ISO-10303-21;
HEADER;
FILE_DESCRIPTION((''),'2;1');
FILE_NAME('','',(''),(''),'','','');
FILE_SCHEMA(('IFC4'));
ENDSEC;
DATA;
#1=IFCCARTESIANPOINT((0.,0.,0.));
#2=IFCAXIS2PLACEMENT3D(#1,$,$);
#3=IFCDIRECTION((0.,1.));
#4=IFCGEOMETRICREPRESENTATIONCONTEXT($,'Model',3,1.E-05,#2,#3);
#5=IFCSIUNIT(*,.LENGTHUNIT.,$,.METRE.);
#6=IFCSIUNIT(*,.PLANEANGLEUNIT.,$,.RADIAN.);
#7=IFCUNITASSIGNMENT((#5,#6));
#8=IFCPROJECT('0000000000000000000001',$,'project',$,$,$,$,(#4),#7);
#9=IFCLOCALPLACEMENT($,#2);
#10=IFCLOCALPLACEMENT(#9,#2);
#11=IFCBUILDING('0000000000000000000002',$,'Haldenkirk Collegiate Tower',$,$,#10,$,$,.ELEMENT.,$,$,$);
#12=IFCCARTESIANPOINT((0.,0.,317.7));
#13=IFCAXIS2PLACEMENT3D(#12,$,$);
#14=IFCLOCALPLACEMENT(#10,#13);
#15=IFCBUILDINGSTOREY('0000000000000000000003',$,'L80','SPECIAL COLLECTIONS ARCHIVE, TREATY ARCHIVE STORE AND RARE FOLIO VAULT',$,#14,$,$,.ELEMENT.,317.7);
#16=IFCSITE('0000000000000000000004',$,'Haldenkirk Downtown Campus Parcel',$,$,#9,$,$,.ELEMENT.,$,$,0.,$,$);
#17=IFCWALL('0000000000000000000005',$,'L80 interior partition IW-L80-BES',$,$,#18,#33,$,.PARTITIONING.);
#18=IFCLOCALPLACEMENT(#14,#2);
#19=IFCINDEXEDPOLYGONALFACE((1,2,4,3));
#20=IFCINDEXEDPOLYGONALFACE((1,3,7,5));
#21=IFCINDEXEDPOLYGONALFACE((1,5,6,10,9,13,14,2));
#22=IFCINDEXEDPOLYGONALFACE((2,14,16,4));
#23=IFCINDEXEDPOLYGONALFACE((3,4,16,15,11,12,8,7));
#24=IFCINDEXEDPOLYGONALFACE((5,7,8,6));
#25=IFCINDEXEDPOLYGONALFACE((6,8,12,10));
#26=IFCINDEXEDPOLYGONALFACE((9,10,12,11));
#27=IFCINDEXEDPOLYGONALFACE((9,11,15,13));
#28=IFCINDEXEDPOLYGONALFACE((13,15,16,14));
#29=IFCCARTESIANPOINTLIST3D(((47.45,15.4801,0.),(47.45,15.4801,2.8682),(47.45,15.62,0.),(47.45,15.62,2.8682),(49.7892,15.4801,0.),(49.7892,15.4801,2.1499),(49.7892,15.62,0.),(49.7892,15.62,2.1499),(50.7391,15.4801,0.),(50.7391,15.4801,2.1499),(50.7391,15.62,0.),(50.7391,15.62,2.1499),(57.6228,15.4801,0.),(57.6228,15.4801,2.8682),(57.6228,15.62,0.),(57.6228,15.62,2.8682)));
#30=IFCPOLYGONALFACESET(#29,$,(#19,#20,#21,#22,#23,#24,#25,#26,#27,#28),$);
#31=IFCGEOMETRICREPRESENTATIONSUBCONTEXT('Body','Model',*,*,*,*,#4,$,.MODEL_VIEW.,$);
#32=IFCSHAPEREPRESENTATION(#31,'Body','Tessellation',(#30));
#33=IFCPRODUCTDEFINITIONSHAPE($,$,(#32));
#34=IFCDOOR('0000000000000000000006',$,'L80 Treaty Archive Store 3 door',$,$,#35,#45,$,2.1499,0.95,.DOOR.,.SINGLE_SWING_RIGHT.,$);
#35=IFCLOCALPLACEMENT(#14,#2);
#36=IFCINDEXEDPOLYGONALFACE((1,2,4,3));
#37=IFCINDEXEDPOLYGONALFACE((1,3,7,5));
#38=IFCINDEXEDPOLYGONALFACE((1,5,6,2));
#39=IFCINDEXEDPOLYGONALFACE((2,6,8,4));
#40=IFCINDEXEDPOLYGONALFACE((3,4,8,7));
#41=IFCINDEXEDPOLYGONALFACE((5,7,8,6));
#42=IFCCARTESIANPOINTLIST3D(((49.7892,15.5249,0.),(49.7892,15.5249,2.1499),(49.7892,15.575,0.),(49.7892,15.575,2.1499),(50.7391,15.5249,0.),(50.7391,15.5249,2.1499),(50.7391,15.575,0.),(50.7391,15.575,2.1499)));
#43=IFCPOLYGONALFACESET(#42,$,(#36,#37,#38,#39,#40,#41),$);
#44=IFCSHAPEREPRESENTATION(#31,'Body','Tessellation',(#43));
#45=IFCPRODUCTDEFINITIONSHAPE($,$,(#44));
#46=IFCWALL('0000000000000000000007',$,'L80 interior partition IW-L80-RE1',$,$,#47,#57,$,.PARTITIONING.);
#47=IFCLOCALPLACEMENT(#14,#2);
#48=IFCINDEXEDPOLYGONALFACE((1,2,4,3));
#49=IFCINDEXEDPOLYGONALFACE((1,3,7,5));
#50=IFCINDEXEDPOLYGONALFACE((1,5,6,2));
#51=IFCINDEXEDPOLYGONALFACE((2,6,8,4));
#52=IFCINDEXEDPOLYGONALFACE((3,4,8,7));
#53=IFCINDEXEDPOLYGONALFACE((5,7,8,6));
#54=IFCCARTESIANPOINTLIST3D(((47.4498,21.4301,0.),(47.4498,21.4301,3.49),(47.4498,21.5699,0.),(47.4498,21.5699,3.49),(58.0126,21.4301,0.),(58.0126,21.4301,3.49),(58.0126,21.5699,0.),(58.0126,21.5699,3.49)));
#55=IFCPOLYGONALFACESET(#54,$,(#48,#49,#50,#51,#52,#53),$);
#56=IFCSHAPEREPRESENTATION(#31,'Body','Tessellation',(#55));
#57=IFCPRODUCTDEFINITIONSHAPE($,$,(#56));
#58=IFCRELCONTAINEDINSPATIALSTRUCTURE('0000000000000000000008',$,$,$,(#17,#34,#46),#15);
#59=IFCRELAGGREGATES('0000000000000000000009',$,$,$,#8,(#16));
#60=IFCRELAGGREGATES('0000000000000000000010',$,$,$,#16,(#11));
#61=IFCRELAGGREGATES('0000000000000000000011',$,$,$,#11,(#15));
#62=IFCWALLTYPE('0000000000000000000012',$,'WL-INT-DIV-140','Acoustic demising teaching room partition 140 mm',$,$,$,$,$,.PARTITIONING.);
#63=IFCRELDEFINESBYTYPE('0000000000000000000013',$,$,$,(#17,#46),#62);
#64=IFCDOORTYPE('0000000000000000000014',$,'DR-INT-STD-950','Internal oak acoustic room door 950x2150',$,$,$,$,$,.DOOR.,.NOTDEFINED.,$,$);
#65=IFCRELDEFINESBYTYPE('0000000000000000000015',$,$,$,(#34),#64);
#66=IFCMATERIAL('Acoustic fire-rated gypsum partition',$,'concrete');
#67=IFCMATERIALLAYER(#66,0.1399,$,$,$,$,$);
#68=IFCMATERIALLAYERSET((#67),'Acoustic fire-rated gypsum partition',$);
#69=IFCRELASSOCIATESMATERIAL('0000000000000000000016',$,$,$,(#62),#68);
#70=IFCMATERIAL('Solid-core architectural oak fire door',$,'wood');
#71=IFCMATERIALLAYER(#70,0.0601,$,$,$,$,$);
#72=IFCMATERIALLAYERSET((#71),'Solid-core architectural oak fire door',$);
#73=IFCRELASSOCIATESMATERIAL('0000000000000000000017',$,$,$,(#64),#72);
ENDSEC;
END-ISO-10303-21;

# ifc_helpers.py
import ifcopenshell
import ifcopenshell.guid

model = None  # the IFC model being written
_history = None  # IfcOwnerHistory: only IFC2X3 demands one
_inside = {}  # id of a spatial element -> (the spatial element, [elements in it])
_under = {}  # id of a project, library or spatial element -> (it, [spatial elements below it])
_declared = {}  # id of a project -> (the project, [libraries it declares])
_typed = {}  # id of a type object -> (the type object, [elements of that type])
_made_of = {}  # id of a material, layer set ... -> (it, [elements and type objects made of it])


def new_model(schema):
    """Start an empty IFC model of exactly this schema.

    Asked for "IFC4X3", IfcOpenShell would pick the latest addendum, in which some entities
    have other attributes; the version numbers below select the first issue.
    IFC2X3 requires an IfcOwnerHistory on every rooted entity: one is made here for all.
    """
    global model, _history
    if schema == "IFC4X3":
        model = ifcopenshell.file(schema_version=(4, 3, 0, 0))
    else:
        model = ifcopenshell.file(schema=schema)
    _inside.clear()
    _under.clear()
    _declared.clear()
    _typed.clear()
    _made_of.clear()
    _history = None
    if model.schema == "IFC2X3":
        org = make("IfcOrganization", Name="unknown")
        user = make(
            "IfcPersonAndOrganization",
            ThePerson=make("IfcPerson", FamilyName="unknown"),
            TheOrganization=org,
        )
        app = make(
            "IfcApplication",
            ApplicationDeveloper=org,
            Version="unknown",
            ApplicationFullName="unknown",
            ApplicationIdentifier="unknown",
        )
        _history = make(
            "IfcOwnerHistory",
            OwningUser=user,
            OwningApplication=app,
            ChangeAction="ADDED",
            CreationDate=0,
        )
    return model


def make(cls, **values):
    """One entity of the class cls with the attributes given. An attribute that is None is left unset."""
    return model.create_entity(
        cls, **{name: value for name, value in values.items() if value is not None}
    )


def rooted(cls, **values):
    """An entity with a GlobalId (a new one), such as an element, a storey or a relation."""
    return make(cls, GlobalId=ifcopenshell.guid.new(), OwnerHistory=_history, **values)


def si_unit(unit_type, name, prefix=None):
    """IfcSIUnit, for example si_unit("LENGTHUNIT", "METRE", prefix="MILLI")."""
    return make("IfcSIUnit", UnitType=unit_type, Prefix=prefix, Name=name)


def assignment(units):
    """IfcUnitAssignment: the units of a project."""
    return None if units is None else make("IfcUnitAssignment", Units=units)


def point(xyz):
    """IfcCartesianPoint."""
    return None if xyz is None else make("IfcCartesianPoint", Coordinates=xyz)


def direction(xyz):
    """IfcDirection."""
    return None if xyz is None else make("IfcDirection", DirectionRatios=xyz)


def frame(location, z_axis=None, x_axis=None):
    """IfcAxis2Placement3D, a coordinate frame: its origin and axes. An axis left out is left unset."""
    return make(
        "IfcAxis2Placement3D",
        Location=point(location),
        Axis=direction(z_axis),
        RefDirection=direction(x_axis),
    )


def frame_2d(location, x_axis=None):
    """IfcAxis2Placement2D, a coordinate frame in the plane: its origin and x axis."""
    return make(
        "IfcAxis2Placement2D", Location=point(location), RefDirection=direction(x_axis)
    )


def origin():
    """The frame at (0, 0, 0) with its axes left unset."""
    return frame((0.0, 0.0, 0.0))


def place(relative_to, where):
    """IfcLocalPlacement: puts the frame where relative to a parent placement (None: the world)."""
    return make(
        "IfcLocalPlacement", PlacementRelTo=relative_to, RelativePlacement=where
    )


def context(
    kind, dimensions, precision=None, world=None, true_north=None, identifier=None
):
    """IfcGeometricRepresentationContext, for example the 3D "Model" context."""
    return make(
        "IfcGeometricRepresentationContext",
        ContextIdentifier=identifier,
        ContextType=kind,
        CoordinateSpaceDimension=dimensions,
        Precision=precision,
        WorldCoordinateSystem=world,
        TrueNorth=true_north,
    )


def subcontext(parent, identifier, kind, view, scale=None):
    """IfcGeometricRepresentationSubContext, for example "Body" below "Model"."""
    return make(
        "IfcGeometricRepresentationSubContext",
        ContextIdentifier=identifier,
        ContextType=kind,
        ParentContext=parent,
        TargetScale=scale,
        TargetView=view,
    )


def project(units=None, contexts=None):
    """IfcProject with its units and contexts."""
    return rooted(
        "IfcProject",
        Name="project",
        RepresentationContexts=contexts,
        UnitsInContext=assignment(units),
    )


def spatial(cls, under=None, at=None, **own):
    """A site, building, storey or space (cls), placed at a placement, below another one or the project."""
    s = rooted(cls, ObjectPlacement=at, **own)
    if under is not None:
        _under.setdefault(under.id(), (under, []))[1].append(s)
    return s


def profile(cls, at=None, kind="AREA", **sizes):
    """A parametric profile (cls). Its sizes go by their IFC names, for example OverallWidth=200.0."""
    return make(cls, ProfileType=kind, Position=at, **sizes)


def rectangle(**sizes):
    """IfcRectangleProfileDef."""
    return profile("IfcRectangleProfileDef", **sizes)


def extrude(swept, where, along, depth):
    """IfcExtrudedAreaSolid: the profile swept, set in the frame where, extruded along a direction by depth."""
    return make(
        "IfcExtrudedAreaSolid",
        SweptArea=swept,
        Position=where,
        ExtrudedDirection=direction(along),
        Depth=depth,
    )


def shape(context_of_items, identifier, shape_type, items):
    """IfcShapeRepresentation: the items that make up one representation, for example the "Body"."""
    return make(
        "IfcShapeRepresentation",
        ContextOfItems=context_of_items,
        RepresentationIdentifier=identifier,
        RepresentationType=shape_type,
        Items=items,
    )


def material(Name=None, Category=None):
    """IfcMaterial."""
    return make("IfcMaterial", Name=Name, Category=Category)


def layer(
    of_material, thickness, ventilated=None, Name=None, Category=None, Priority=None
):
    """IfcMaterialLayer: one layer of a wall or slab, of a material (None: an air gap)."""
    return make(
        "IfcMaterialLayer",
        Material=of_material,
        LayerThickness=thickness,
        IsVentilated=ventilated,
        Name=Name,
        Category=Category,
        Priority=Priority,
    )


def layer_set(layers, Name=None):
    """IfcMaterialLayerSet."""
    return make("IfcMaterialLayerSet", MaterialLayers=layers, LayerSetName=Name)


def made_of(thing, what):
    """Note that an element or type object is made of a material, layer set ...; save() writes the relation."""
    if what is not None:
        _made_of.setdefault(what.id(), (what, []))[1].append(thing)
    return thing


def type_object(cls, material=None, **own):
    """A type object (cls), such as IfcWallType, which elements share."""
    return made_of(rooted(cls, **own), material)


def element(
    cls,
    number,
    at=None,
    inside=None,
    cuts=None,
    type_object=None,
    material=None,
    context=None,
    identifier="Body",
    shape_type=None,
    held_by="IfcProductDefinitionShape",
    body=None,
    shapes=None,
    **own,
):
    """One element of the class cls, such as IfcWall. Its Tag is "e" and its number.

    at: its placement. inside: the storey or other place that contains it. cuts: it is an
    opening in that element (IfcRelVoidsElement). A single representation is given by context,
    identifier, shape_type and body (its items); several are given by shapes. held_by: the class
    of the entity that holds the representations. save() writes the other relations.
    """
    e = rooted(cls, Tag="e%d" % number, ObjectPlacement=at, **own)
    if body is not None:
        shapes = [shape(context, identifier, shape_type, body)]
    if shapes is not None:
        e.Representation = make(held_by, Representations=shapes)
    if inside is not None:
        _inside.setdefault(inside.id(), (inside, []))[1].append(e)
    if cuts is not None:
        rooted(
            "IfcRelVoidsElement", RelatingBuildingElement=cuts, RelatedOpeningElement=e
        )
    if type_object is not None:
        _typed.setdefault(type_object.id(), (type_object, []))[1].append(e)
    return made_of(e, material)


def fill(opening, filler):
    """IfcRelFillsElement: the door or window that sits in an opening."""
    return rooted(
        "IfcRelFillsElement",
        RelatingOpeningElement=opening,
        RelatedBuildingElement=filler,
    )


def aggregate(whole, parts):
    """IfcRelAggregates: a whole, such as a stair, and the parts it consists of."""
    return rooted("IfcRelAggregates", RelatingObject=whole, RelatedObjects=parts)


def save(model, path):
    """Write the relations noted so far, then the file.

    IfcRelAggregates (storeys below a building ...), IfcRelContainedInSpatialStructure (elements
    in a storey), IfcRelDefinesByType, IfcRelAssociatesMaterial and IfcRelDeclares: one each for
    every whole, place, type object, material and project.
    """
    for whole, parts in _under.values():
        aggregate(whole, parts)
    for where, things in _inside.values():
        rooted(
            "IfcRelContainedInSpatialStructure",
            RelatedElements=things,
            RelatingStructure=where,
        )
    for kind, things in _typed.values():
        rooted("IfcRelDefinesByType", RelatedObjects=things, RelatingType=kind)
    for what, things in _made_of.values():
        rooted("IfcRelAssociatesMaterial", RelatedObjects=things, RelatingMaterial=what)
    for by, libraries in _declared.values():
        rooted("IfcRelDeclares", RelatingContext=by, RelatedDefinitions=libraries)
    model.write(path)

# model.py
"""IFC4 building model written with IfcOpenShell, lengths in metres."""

from ifc_helpers import new_model, si_unit, direction, frame, frame_2d, origin, place, context, subcontext, project, spatial, rectangle, extrude, material, layer, layer_set, type_object, element, fill, save


model = new_model("IFC4")

# Units and contexts
model_context = context("Model", 3, precision=1e-05, world=origin(), true_north=direction((0.0, 1.0)))
body_context = subcontext(model_context, "Body", "Model", "MODEL_VIEW")
ifc_project = project(units=[si_unit("LENGTHUNIT", "METRE"), si_unit("PLANEANGLEUNIT", "RADIAN")], contexts=[model_context])

# Site, building, storey
site_placement = place(None, origin())
site = spatial("IfcSite", under=ifc_project, at=site_placement, Name="Haldenkirk Downtown Campus Parcel", CompositionType="ELEMENT", RefElevation=0.0)
building_placement = place(site_placement, origin())
building = spatial("IfcBuilding", under=site, at=building_placement, Name="Haldenkirk Collegiate Tower", CompositionType="ELEMENT")
storey_placement = place(building_placement, frame((0.0, 0.0, 317.7)))
storey = spatial("IfcBuildingStorey", under=building, at=storey_placement, Name="L80", Description="SPECIAL COLLECTIONS ARCHIVE, TREATY ARCHIVE STORE AND RARE FOLIO VAULT", CompositionType="ELEMENT", Elevation=317.7)

# Shared definitions
ifc_material_1 = material(Name="Acoustic fire-rated gypsum partition", Category="concrete")
ifc_material_2 = material(Name="Solid-core architectural oak fire door", Category="wood")

# Wall, opening, door
ifc_layer_1 = layer(ifc_material_1, 0.1399)
ifc_layer_set_1 = layer_set([ifc_layer_1], Name="Acoustic fire-rated gypsum partition")
wall_type_1 = type_object("IfcWallType", Name="WL-INT-DIV-140", Description="Acoustic demising teaching room partition 140 mm", PredefinedType="PARTITIONING", material=ifc_layer_set_1)
wall_1_placement = place(storey_placement, frame((47.45, 15.55, 0.0), z_axis=(0.0, 0.0, 1.0), x_axis=(1.0, 0.0, 0.0)))
wall_1 = element("IfcWall", 1, at=wall_1_placement, inside=storey, type_object=wall_type_1, Name="L80 interior partition IW-L80-BES", PredefinedType="PARTITIONING", context=body_context, shape_type="SweptSolid", body=[
    extrude(rectangle(XDim=10.1729, YDim=0.1399, at=frame_2d((5.0864, 0.0))), origin(), (0.0, 0.0, 1.0), 2.8682),
])
opening_1_placement = place(wall_1_placement, frame((2.3391, 0.0, 0.0)))
opening_1 = element("IfcOpeningElement", 2, at=opening_1_placement, cuts=wall_1, PredefinedType="OPENING", context=body_context, shape_type="SweptSolid", body=[
    extrude(rectangle(XDim=0.95, YDim=2.1499, at=frame_2d((0.4751, 1.075))), frame((0.0, 0.0798, 0.0), z_axis=(0.0, -1.0, 0.0), x_axis=(1.0, 0.0, 0.0)), (0.0, 0.0, 1.0), 0.1599),
])
ifc_layer_2 = layer(ifc_material_2, 0.0601)
ifc_layer_set_2 = layer_set([ifc_layer_2], Name="Solid-core architectural oak fire door")
door_type_1 = type_object("IfcDoorType", Name="DR-INT-STD-950", Description="Internal oak acoustic room door 950x2150", OperationType="NOTDEFINED", PredefinedType="DOOR", material=ifc_layer_set_2)
door_1_placement = place(opening_1_placement, origin())
door_1 = element("IfcDoor", 3, at=door_1_placement, inside=storey, type_object=door_type_1, Name="L80 Treaty Archive Store 3 door", OperationType="SINGLE_SWING_RIGHT", OverallHeight=2.1499, OverallWidth=0.95, PredefinedType="DOOR", context=body_context, shape_type="SweptSolid", body=[
    extrude(rectangle(XDim=0.95, YDim=2.1499, at=frame_2d((0.4751, 1.075))), frame((0.0, 0.0249, 0.0), z_axis=(0.0, -1.0, 0.0), x_axis=(1.0, 0.0, 0.0)), (0.0, 0.0, 1.0), 0.05),
])
fill(opening_1, door_1)

# Wall
wall_2_placement = place(storey_placement, frame((47.45, 21.5, 0.0), z_axis=(0.0, 0.0, 1.0), x_axis=(1.0, 0.0, 0.0)))
element("IfcWall", 4, at=wall_2_placement, inside=storey, type_object=wall_type_1, Name="L80 interior partition IW-L80-RE1", PredefinedType="PARTITIONING", context=body_context, shape_type="SweptSolid", body=[
    extrude(rectangle(XDim=10.5627, YDim=0.1399, at=frame_2d((5.2812, 0.0))), origin(), (0.0, 0.0, 1.0), 3.49),
])

save(model, "model.ifc")
